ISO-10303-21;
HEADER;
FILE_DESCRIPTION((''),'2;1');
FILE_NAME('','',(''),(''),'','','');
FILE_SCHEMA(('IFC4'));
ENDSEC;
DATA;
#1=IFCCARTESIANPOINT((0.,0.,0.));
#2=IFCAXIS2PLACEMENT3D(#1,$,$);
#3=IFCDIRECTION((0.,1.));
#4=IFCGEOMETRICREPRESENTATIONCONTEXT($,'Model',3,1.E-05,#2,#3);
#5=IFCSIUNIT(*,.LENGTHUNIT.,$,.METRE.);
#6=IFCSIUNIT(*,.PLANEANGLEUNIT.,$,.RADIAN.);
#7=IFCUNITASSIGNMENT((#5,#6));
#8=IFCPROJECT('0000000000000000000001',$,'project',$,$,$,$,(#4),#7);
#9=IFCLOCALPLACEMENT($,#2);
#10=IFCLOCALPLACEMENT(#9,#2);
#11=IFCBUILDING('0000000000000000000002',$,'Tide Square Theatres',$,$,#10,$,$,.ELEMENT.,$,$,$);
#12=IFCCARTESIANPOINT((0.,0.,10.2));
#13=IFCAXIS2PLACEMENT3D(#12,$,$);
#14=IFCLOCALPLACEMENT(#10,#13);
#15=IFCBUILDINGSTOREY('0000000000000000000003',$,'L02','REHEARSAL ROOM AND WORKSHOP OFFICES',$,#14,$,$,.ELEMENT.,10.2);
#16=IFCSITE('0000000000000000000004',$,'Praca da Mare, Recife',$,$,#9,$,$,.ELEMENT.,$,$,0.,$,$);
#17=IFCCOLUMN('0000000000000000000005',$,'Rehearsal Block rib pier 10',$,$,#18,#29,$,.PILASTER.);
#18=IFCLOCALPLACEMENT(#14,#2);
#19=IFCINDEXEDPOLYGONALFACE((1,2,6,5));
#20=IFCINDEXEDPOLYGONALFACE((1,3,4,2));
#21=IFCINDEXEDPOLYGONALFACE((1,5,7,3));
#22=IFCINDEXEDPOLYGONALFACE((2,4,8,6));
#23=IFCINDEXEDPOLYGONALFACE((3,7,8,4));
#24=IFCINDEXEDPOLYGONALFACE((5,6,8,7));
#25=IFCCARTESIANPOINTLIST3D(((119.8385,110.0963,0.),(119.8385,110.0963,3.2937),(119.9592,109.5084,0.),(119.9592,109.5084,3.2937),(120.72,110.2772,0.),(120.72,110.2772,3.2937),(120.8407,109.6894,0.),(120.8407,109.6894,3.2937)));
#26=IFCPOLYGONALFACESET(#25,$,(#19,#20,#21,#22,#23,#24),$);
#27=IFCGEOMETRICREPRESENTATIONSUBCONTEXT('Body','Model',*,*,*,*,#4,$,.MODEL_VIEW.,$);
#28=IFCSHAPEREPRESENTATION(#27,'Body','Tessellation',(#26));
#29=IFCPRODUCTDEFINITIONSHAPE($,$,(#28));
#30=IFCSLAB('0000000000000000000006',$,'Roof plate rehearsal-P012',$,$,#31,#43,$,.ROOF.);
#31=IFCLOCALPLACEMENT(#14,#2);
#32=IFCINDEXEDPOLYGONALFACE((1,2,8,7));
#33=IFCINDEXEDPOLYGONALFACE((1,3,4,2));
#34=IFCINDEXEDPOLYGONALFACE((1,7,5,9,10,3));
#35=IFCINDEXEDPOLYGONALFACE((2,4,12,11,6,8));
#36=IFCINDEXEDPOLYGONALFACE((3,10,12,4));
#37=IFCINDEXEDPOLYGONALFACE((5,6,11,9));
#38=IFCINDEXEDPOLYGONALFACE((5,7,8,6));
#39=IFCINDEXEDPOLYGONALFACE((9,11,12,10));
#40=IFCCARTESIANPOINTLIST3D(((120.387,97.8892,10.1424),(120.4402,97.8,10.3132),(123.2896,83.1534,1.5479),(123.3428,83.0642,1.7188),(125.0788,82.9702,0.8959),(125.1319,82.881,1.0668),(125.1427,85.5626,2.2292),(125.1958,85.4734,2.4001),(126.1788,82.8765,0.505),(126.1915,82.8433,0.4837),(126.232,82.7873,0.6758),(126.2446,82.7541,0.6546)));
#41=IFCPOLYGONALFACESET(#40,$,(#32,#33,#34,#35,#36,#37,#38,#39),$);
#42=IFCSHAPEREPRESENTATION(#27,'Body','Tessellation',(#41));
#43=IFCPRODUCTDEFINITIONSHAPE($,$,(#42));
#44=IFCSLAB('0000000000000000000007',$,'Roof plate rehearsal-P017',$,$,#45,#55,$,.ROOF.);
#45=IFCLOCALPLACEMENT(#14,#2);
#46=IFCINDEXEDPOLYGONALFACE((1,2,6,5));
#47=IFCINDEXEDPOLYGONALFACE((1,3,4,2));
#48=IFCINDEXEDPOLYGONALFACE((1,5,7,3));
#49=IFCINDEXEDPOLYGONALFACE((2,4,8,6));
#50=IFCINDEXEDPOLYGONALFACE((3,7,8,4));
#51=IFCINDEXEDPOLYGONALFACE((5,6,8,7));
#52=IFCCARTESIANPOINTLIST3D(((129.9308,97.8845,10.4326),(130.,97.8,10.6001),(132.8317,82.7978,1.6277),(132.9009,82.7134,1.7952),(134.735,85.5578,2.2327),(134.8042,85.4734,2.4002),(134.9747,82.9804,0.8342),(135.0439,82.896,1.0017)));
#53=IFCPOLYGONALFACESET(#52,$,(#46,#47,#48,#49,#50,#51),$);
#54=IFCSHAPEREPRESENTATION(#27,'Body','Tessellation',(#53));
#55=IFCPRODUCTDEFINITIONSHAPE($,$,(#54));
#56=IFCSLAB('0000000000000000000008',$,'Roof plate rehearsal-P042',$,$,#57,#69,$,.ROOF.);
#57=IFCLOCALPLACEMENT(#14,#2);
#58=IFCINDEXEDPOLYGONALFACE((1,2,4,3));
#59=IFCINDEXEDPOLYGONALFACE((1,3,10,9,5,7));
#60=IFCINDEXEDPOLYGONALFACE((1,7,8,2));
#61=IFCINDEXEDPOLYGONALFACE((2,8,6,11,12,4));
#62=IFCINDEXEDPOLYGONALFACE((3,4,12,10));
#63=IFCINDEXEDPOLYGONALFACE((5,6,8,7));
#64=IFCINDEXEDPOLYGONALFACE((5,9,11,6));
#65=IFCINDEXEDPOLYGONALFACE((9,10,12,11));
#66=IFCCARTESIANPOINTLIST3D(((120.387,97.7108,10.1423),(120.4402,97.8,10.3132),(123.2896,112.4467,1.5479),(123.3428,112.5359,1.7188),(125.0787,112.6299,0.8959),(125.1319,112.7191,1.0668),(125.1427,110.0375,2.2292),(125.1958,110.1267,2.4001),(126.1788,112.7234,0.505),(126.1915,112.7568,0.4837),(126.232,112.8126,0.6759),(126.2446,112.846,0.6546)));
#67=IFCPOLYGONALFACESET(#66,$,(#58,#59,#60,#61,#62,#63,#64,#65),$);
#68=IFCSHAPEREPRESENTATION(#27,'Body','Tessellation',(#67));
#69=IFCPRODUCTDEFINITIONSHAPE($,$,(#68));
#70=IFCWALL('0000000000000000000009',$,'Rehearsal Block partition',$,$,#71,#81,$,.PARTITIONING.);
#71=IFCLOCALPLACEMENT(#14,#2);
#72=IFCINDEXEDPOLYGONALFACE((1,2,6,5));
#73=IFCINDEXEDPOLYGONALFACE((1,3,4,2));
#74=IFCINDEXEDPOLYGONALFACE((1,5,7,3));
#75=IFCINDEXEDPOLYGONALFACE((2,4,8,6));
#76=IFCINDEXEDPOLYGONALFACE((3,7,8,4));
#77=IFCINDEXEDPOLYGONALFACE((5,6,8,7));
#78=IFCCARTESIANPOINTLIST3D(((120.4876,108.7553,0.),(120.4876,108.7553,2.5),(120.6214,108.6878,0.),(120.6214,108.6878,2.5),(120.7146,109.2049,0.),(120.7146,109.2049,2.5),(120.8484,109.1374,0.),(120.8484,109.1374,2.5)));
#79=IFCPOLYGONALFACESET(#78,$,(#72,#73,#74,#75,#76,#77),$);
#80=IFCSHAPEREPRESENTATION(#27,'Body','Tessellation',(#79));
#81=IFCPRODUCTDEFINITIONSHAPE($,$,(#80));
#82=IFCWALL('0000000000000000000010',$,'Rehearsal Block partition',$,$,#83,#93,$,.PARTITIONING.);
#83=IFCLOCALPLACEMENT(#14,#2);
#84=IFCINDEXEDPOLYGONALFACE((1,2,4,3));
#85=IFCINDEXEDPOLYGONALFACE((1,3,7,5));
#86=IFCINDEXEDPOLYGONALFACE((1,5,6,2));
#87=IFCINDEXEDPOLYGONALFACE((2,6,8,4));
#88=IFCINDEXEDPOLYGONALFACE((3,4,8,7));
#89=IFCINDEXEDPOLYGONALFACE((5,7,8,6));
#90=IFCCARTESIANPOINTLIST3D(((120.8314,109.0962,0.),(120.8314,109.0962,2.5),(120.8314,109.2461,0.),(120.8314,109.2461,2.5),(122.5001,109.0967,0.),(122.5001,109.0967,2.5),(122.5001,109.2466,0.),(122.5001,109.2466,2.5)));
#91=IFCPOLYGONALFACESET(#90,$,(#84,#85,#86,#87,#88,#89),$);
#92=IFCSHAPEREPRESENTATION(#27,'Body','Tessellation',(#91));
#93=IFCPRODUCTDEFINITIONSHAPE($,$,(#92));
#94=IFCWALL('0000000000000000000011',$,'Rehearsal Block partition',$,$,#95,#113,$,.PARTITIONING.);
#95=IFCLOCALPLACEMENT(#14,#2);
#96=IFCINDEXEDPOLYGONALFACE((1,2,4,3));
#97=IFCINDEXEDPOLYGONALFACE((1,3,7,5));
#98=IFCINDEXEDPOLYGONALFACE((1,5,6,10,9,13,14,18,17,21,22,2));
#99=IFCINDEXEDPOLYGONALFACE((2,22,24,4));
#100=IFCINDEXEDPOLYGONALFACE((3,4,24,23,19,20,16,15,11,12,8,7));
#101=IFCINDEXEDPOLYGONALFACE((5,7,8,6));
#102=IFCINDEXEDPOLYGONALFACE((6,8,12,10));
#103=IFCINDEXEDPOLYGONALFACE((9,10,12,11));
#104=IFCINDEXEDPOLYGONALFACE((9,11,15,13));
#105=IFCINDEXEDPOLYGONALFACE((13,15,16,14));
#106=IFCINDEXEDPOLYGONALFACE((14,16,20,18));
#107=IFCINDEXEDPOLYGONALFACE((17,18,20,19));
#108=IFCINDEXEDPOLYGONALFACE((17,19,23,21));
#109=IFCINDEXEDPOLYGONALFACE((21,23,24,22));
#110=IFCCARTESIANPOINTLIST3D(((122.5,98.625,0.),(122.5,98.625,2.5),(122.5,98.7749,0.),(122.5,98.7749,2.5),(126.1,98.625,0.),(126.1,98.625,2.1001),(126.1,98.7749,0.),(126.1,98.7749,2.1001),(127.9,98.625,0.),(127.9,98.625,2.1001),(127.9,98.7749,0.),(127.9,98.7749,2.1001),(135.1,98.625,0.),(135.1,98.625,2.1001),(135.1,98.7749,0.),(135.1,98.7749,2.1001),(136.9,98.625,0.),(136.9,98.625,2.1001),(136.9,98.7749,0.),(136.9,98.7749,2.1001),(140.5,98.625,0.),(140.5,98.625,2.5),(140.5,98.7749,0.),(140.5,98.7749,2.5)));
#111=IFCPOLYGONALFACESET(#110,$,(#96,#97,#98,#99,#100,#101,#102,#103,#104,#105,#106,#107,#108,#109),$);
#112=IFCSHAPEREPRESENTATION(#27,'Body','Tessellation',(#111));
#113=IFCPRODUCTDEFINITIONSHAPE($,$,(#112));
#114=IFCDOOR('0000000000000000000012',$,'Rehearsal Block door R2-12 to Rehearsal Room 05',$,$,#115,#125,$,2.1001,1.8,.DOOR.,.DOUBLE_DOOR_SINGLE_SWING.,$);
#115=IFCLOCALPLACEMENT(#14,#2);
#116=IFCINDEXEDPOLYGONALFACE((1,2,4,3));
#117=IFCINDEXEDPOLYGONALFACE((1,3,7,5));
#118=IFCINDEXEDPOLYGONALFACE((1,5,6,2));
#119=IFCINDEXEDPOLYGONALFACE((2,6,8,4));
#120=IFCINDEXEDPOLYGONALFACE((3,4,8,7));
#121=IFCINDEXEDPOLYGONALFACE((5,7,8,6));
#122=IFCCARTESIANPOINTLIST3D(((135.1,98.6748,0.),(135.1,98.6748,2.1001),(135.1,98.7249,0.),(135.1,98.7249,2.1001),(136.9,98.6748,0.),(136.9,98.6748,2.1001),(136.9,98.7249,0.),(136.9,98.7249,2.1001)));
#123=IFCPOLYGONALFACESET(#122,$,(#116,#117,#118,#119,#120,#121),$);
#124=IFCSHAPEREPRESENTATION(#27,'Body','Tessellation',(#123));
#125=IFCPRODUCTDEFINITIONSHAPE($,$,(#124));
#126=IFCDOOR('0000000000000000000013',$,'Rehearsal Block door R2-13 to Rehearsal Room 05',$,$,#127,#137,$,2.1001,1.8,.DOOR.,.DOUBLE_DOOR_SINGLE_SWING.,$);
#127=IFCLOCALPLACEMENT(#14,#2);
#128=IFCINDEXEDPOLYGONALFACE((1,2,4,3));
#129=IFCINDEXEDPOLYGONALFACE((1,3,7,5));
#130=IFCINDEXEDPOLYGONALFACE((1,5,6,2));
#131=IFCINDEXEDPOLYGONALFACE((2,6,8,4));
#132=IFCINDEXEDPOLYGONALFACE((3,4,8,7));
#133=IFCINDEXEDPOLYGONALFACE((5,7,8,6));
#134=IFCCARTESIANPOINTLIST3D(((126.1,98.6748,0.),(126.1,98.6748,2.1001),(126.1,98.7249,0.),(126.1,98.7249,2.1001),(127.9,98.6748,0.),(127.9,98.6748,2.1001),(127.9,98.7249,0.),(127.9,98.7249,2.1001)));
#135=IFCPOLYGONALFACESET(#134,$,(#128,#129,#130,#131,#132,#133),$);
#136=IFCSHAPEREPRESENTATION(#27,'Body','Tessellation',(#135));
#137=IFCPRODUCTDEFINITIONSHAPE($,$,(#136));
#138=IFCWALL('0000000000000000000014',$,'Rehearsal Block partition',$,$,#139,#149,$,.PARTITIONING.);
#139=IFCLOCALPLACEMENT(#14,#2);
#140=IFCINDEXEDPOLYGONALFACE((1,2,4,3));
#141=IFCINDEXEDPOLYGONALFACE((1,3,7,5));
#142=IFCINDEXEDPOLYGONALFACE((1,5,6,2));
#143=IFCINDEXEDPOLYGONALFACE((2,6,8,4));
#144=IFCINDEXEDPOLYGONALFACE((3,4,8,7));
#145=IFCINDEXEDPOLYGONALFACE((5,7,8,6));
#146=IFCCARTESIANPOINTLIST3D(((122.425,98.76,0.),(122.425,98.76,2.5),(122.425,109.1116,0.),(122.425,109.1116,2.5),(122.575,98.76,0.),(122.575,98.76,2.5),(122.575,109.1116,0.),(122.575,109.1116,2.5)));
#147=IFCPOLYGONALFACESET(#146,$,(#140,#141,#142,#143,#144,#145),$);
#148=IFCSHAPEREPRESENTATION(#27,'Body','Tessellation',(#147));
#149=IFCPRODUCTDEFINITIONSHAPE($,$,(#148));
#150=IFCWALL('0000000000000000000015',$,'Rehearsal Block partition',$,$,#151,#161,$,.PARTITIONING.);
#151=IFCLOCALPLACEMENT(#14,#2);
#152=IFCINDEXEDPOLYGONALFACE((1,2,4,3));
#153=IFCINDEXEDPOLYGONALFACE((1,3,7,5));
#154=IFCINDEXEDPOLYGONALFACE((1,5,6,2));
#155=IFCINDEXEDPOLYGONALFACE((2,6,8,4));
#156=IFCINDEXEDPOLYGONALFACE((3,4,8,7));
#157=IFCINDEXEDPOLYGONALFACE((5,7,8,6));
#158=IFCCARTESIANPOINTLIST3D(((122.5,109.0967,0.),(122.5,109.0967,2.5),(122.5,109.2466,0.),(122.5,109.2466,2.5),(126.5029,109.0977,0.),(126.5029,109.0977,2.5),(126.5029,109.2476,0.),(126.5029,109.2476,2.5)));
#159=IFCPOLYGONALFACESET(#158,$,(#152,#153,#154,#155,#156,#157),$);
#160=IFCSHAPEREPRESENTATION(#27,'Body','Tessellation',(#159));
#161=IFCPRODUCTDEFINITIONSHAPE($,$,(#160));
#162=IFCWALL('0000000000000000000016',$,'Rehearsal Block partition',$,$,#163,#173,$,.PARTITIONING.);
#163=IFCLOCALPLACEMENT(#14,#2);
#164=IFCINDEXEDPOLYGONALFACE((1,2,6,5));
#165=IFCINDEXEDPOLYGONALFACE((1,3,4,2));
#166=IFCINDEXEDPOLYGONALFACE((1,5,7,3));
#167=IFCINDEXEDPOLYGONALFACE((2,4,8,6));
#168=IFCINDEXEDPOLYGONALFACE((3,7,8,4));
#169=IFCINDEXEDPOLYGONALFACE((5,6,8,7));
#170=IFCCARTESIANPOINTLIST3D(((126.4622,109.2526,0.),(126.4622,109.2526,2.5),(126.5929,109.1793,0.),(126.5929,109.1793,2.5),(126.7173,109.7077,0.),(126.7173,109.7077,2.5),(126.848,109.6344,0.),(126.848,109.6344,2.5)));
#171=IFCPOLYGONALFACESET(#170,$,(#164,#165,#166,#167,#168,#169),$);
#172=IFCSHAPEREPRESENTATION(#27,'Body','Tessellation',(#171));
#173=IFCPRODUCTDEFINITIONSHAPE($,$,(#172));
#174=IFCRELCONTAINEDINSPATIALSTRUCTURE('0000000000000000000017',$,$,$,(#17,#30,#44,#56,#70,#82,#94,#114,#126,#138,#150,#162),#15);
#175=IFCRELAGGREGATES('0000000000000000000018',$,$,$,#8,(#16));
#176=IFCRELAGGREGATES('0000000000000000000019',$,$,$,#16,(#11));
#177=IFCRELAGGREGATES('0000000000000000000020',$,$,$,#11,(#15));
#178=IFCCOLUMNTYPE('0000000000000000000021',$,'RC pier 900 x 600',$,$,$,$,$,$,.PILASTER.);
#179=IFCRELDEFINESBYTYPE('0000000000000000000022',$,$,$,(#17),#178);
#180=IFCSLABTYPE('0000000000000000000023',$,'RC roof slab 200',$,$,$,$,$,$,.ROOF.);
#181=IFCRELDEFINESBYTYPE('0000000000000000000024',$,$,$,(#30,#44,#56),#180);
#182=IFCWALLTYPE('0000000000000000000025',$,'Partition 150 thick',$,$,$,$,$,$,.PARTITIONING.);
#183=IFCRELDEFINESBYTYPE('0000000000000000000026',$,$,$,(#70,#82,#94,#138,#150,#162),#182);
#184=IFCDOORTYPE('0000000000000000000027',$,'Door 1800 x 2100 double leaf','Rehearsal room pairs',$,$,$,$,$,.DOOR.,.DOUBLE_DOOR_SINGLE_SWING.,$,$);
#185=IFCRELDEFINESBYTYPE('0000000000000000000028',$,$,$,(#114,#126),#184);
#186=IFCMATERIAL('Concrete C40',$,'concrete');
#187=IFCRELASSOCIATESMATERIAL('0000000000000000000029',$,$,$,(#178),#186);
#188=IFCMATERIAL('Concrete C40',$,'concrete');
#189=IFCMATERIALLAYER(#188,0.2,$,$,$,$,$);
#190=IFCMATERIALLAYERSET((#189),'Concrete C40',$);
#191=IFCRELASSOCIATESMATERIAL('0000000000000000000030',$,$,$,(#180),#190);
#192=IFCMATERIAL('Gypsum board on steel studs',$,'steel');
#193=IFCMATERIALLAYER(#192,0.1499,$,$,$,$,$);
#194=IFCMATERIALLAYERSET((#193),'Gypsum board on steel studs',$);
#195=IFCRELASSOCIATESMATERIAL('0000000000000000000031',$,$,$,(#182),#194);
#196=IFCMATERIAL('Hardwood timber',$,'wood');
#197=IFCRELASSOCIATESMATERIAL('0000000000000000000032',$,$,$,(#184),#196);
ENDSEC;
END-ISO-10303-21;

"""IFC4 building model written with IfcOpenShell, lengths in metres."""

from ifc_helpers import new_model, si_unit, direction, frame, frame_2d, origin, origin_2d, place, context, subcontext, project, spatial, polyline, rectangle, outline, extrude, material, layer, layer_set, material_profile, profile_set, type_object, element, fill, save


model = new_model("IFC4")

# Units and contexts
model_context = context("Model", 3, precision=1e-05, world=origin(), true_north=direction((0.0, 1.0)))
body_context = subcontext(model_context, "Body", "Model", "MODEL_VIEW")
ifc_project = project(units=[si_unit("LENGTHUNIT", "METRE"), si_unit("PLANEANGLEUNIT", "RADIAN")], contexts=[model_context])

# Site, building, storey
site_placement = place(None, origin())
site = spatial("IfcSite", under=ifc_project, at=site_placement, Name="Praca da Mare, Recife", CompositionType="ELEMENT", RefElevation=0.0)
building_placement = place(site_placement, origin())
building = spatial("IfcBuilding", under=site, at=building_placement, Name="Tide Square Theatres", CompositionType="ELEMENT")
storey_placement = place(building_placement, frame((0.0, 0.0, 10.2)))
storey = spatial("IfcBuildingStorey", under=building, at=storey_placement, Name="L02", Description="REHEARSAL ROOM AND WORKSHOP OFFICES", CompositionType="ELEMENT", Elevation=10.2)

# Column
ifc_material_1 = material(Name="Concrete C40", Category="concrete")
ifc_material_profile = material_profile(ifc_material_1, rectangle(XDim=0.8999, YDim=0.6001, at=origin_2d()))
ifc_profile_set = profile_set([ifc_material_profile], Name="Concrete C40")
column_type = type_object("IfcColumnType", Name="RC pier 900 x 600", PredefinedType="PILASTER", material=ifc_profile_set)
column_placement = place(storey_placement, frame((120.3396, 109.8928, 0.0), z_axis=(0.0, 0.0, 1.0), x_axis=(-0.979575, -0.201079, 0.0)))
element("IfcColumn", 1, at=column_placement, inside=storey, type_object=column_type, Name="Rehearsal Block rib pier 10", PredefinedType="PILASTER", context=body_context, shape_type="SweptSolid", body=[
    extrude(rectangle(XDim=0.8999, YDim=0.6001, at=origin_2d()), origin(), (0.0, 0.0, 1.0), 3.2937),
])

# Slabs
ifc_material_2 = material(Name="Concrete C40", Category="concrete")
ifc_layer_1 = layer(ifc_material_2, 0.2)
ifc_layer_set_1 = layer_set([ifc_layer_1], Name="Concrete C40")
slab_type = type_object("IfcSlabType", Name="RC roof slab 200", PredefinedType="ROOF", material=ifc_layer_set_1)
slab_1_placement = place(storey_placement, frame((120.4402, 97.8, 10.3132), z_axis=(0.265745, -0.4461, 0.85462), x_axis=(0.167739, -0.851577, -0.49667)))
element("IfcSlab", 2, at=slab_1_placement, inside=storey, type_object=slab_type, Name="Roof plate rehearsal-P012", PredefinedType="ROOF", context=body_context, shape_type="SweptSolid", body=[
    extrude(outline(polyline([(0.0, 0.0), (17.3042, 0.0), (18.5835, 2.8307), (18.5426, 2.8245), (18.0841, 1.7468), (15.225, 2.3193), (0.0, 0.0)])), origin(), (0.0, 0.0, -1.0), 0.2),
])
slab_2_placement = place(storey_placement, frame((130.0, 97.8, 10.6001), z_axis=(0.346175, -0.42235, 0.837725), x_axis=(0.163825, -0.852003, -0.497246)))
element("IfcSlab", 3, at=slab_2_placement, inside=storey, type_object=slab_type, Name="Roof plate rehearsal-P017", PredefinedType="ROOF", context=body_context, shape_type="SweptSolid", body=[
    extrude(outline(polyline([(0.0, 0.0), (17.7073, 0.0), (18.2974, 2.2153), (15.3668, 2.4755), (0.0, 0.0)])), origin(), (0.0, 0.0, -1.0), 0.2),
])
slab_3_placement = place(storey_placement, frame((123.3428, 112.5359, 1.7188), z_axis=(0.265746, 0.446097, 0.854621), x_axis=(-0.16774, -0.851578, 0.496668)))
element("IfcSlab", 4, at=slab_3_placement, inside=storey, type_object=slab_type, Name="Roof plate rehearsal-P042", PredefinedType="ROOF", context=body_context, shape_type="SweptSolid", body=[
    extrude(outline(polyline([(0.0, 0.0), (17.3042, 0.0), (2.0792, 2.3193), (-0.7799, 1.7468), (-1.2382, 2.8246), (-1.2794, 2.8307), (0.0, 0.0)])), origin(), (0.0, 0.0, -1.0), 0.2),
])

# Walls
ifc_material_3 = material(Name="Gypsum board on steel studs", Category="steel")
ifc_layer_2 = layer(ifc_material_3, 0.1499)
ifc_layer_set_2 = layer_set([ifc_layer_2], Name="Gypsum board on steel studs")
wall_type_1 = type_object("IfcWallType", Name="Partition 150 thick", PredefinedType="PARTITIONING", material=ifc_layer_set_2)
wall_1_placement = place(storey_placement, frame((120.5544, 108.7214, 0.0), z_axis=(0.0, 0.0, 1.0), x_axis=(0.450699, 0.892676, 0.0)))
element("IfcWall", 5, at=wall_1_placement, inside=storey, type_object=wall_type_1, Name="Rehearsal Block partition", PredefinedType="PARTITIONING", context=body_context, shape_type="SweptSolid", body=[
    extrude(rectangle(XDim=0.5037, YDim=0.1499, at=frame_2d((0.252, 0.0))), origin(), (0.0, 0.0, 1.0), 2.5),
])
wall_2_placement = place(storey_placement, frame((120.8313, 109.1711, 0.0), z_axis=(0.0, 0.0, 1.0), x_axis=(1.0, 0.000293, 0.0)))
element("IfcWall", 6, at=wall_2_placement, inside=storey, type_object=wall_type_1, Name="Rehearsal Block partition", PredefinedType="PARTITIONING", context=body_context, shape_type="SweptSolid", body=[
    extrude(rectangle(XDim=1.6687, YDim=0.1499, at=frame_2d((0.8345, 0.0))), origin(), (0.0, 0.0, 1.0), 2.5),
])

# Wall, openings, doors
wall_3_placement = place(storey_placement, frame((122.5, 98.7, 0.0), z_axis=(0.0, 0.0, 1.0), x_axis=(1.0, 0.0, 0.0)))
wall_3 = element("IfcWall", 7, at=wall_3_placement, inside=storey, type_object=wall_type_1, Name="Rehearsal Block partition", PredefinedType="PARTITIONING", context=body_context, shape_type="SweptSolid", body=[
    extrude(rectangle(XDim=18.0, YDim=0.1499, at=frame_2d((9.0, 0.0))), origin(), (0.0, 0.0, 1.0), 2.5),
])
opening_1_placement = place(wall_3_placement, frame((12.6001, 0.0, 0.0)))
opening_1 = element("IfcOpeningElement", 8, at=opening_1_placement, cuts=wall_3, PredefinedType="OPENING", context=body_context, shape_type="SweptSolid", body=[
    extrude(rectangle(XDim=1.8, YDim=2.1001, at=frame_2d((0.8999, 1.05))), frame((0.0, 0.085, 0.0), z_axis=(0.0, -1.0, 0.0), x_axis=(1.0, 0.0, 0.0)), (0.0, 0.0, 1.0), 0.1699),
])
opening_2_placement = place(wall_3_placement, frame((3.6001, 0.0, 0.0)))
opening_2 = element("IfcOpeningElement", 9, at=opening_2_placement, cuts=wall_3, PredefinedType="OPENING", context=body_context, shape_type="SweptSolid", body=[
    extrude(rectangle(XDim=1.8, YDim=2.1001, at=frame_2d((0.8999, 1.05))), frame((0.0, 0.085, 0.0), z_axis=(0.0, -1.0, 0.0), x_axis=(1.0, 0.0, 0.0)), (0.0, 0.0, 1.0), 0.1699),
])
ifc_material_4 = material(Name="Hardwood timber", Category="wood")
door_type = type_object("IfcDoorType", Name="Door 1800 x 2100 double leaf", Description="Rehearsal room pairs", OperationType="DOUBLE_DOOR_SINGLE_SWING", PredefinedType="DOOR", material=ifc_material_4)
door_1_placement = place(opening_1_placement, origin())
door_1 = element("IfcDoor", 10, at=door_1_placement, inside=storey, type_object=door_type, Name="Rehearsal Block door R2-12 to Rehearsal Room 05", OperationType="DOUBLE_DOOR_SINGLE_SWING", OverallHeight=2.1001, OverallWidth=1.8, PredefinedType="DOOR", context=body_context, shape_type="SweptSolid", body=[
    extrude(rectangle(XDim=1.8, YDim=2.1001, at=frame_2d((0.8999, 1.05))), frame((0.0, 0.0249, 0.0), z_axis=(0.0, -1.0, 0.0), x_axis=(1.0, 0.0, 0.0)), (0.0, 0.0, 1.0), 0.05),
])
fill(opening_1, door_1)
door_2_placement = place(opening_2_placement, origin())
door_2 = element("IfcDoor", 11, at=door_2_placement, inside=storey, type_object=door_type, Name="Rehearsal Block door R2-13 to Rehearsal Room 05", OperationType="DOUBLE_DOOR_SINGLE_SWING", OverallHeight=2.1001, OverallWidth=1.8, PredefinedType="DOOR", context=body_context, shape_type="SweptSolid", body=[
    extrude(rectangle(XDim=1.8, YDim=2.1001, at=frame_2d((0.8999, 1.05))), frame((0.0, 0.0249, 0.0), z_axis=(0.0, -1.0, 0.0), x_axis=(1.0, 0.0, 0.0)), (0.0, 0.0, 1.0), 0.05),
])
fill(opening_2, door_2)

# Walls
wall_4_placement = place(storey_placement, frame((122.5, 109.1116, 0.0), z_axis=(0.0, 0.0, 1.0), x_axis=(0.0, -1.0, 0.0)))
element("IfcWall", 12, at=wall_4_placement, inside=storey, type_object=wall_type_1, Name="Rehearsal Block partition", PredefinedType="PARTITIONING", context=body_context, shape_type="SweptSolid", body=[
    extrude(rectangle(XDim=10.3516, YDim=0.1499, at=frame_2d((5.1758, 0.0))), origin(), (0.0, 0.0, 1.0), 2.5),
])
wall_5_placement = place(storey_placement, frame((122.5, 109.1716, 0.0), z_axis=(0.0, 0.0, 1.0), x_axis=(1.0, 0.000244, 0.0)))
element("IfcWall", 13, at=wall_5_placement, inside=storey, type_object=wall_type_1, Name="Rehearsal Block partition", PredefinedType="PARTITIONING", context=body_context, shape_type="SweptSolid", body=[
    extrude(rectangle(XDim=4.0029, YDim=0.1499, at=frame_2d((2.0015, 0.0))), origin(), (0.0, 0.0, 1.0), 2.5),
])
wall_6_placement = place(storey_placement, frame((126.5276, 109.2161, 0.0), z_axis=(0.0, 0.0, 1.0), x_axis=(0.489017, 0.872275, 0.0)))
element("IfcWall", 14, at=wall_6_placement, inside=storey, type_object=wall_type_1, Name="Rehearsal Block partition", PredefinedType="PARTITIONING", context=body_context, shape_type="SweptSolid", body=[
    extrude(rectangle(XDim=0.5217, YDim=0.1499, at=frame_2d((0.2607, 0.0))), origin(), (0.0, 0.0, 1.0), 2.5),
])

save(model, "model.ifc")
